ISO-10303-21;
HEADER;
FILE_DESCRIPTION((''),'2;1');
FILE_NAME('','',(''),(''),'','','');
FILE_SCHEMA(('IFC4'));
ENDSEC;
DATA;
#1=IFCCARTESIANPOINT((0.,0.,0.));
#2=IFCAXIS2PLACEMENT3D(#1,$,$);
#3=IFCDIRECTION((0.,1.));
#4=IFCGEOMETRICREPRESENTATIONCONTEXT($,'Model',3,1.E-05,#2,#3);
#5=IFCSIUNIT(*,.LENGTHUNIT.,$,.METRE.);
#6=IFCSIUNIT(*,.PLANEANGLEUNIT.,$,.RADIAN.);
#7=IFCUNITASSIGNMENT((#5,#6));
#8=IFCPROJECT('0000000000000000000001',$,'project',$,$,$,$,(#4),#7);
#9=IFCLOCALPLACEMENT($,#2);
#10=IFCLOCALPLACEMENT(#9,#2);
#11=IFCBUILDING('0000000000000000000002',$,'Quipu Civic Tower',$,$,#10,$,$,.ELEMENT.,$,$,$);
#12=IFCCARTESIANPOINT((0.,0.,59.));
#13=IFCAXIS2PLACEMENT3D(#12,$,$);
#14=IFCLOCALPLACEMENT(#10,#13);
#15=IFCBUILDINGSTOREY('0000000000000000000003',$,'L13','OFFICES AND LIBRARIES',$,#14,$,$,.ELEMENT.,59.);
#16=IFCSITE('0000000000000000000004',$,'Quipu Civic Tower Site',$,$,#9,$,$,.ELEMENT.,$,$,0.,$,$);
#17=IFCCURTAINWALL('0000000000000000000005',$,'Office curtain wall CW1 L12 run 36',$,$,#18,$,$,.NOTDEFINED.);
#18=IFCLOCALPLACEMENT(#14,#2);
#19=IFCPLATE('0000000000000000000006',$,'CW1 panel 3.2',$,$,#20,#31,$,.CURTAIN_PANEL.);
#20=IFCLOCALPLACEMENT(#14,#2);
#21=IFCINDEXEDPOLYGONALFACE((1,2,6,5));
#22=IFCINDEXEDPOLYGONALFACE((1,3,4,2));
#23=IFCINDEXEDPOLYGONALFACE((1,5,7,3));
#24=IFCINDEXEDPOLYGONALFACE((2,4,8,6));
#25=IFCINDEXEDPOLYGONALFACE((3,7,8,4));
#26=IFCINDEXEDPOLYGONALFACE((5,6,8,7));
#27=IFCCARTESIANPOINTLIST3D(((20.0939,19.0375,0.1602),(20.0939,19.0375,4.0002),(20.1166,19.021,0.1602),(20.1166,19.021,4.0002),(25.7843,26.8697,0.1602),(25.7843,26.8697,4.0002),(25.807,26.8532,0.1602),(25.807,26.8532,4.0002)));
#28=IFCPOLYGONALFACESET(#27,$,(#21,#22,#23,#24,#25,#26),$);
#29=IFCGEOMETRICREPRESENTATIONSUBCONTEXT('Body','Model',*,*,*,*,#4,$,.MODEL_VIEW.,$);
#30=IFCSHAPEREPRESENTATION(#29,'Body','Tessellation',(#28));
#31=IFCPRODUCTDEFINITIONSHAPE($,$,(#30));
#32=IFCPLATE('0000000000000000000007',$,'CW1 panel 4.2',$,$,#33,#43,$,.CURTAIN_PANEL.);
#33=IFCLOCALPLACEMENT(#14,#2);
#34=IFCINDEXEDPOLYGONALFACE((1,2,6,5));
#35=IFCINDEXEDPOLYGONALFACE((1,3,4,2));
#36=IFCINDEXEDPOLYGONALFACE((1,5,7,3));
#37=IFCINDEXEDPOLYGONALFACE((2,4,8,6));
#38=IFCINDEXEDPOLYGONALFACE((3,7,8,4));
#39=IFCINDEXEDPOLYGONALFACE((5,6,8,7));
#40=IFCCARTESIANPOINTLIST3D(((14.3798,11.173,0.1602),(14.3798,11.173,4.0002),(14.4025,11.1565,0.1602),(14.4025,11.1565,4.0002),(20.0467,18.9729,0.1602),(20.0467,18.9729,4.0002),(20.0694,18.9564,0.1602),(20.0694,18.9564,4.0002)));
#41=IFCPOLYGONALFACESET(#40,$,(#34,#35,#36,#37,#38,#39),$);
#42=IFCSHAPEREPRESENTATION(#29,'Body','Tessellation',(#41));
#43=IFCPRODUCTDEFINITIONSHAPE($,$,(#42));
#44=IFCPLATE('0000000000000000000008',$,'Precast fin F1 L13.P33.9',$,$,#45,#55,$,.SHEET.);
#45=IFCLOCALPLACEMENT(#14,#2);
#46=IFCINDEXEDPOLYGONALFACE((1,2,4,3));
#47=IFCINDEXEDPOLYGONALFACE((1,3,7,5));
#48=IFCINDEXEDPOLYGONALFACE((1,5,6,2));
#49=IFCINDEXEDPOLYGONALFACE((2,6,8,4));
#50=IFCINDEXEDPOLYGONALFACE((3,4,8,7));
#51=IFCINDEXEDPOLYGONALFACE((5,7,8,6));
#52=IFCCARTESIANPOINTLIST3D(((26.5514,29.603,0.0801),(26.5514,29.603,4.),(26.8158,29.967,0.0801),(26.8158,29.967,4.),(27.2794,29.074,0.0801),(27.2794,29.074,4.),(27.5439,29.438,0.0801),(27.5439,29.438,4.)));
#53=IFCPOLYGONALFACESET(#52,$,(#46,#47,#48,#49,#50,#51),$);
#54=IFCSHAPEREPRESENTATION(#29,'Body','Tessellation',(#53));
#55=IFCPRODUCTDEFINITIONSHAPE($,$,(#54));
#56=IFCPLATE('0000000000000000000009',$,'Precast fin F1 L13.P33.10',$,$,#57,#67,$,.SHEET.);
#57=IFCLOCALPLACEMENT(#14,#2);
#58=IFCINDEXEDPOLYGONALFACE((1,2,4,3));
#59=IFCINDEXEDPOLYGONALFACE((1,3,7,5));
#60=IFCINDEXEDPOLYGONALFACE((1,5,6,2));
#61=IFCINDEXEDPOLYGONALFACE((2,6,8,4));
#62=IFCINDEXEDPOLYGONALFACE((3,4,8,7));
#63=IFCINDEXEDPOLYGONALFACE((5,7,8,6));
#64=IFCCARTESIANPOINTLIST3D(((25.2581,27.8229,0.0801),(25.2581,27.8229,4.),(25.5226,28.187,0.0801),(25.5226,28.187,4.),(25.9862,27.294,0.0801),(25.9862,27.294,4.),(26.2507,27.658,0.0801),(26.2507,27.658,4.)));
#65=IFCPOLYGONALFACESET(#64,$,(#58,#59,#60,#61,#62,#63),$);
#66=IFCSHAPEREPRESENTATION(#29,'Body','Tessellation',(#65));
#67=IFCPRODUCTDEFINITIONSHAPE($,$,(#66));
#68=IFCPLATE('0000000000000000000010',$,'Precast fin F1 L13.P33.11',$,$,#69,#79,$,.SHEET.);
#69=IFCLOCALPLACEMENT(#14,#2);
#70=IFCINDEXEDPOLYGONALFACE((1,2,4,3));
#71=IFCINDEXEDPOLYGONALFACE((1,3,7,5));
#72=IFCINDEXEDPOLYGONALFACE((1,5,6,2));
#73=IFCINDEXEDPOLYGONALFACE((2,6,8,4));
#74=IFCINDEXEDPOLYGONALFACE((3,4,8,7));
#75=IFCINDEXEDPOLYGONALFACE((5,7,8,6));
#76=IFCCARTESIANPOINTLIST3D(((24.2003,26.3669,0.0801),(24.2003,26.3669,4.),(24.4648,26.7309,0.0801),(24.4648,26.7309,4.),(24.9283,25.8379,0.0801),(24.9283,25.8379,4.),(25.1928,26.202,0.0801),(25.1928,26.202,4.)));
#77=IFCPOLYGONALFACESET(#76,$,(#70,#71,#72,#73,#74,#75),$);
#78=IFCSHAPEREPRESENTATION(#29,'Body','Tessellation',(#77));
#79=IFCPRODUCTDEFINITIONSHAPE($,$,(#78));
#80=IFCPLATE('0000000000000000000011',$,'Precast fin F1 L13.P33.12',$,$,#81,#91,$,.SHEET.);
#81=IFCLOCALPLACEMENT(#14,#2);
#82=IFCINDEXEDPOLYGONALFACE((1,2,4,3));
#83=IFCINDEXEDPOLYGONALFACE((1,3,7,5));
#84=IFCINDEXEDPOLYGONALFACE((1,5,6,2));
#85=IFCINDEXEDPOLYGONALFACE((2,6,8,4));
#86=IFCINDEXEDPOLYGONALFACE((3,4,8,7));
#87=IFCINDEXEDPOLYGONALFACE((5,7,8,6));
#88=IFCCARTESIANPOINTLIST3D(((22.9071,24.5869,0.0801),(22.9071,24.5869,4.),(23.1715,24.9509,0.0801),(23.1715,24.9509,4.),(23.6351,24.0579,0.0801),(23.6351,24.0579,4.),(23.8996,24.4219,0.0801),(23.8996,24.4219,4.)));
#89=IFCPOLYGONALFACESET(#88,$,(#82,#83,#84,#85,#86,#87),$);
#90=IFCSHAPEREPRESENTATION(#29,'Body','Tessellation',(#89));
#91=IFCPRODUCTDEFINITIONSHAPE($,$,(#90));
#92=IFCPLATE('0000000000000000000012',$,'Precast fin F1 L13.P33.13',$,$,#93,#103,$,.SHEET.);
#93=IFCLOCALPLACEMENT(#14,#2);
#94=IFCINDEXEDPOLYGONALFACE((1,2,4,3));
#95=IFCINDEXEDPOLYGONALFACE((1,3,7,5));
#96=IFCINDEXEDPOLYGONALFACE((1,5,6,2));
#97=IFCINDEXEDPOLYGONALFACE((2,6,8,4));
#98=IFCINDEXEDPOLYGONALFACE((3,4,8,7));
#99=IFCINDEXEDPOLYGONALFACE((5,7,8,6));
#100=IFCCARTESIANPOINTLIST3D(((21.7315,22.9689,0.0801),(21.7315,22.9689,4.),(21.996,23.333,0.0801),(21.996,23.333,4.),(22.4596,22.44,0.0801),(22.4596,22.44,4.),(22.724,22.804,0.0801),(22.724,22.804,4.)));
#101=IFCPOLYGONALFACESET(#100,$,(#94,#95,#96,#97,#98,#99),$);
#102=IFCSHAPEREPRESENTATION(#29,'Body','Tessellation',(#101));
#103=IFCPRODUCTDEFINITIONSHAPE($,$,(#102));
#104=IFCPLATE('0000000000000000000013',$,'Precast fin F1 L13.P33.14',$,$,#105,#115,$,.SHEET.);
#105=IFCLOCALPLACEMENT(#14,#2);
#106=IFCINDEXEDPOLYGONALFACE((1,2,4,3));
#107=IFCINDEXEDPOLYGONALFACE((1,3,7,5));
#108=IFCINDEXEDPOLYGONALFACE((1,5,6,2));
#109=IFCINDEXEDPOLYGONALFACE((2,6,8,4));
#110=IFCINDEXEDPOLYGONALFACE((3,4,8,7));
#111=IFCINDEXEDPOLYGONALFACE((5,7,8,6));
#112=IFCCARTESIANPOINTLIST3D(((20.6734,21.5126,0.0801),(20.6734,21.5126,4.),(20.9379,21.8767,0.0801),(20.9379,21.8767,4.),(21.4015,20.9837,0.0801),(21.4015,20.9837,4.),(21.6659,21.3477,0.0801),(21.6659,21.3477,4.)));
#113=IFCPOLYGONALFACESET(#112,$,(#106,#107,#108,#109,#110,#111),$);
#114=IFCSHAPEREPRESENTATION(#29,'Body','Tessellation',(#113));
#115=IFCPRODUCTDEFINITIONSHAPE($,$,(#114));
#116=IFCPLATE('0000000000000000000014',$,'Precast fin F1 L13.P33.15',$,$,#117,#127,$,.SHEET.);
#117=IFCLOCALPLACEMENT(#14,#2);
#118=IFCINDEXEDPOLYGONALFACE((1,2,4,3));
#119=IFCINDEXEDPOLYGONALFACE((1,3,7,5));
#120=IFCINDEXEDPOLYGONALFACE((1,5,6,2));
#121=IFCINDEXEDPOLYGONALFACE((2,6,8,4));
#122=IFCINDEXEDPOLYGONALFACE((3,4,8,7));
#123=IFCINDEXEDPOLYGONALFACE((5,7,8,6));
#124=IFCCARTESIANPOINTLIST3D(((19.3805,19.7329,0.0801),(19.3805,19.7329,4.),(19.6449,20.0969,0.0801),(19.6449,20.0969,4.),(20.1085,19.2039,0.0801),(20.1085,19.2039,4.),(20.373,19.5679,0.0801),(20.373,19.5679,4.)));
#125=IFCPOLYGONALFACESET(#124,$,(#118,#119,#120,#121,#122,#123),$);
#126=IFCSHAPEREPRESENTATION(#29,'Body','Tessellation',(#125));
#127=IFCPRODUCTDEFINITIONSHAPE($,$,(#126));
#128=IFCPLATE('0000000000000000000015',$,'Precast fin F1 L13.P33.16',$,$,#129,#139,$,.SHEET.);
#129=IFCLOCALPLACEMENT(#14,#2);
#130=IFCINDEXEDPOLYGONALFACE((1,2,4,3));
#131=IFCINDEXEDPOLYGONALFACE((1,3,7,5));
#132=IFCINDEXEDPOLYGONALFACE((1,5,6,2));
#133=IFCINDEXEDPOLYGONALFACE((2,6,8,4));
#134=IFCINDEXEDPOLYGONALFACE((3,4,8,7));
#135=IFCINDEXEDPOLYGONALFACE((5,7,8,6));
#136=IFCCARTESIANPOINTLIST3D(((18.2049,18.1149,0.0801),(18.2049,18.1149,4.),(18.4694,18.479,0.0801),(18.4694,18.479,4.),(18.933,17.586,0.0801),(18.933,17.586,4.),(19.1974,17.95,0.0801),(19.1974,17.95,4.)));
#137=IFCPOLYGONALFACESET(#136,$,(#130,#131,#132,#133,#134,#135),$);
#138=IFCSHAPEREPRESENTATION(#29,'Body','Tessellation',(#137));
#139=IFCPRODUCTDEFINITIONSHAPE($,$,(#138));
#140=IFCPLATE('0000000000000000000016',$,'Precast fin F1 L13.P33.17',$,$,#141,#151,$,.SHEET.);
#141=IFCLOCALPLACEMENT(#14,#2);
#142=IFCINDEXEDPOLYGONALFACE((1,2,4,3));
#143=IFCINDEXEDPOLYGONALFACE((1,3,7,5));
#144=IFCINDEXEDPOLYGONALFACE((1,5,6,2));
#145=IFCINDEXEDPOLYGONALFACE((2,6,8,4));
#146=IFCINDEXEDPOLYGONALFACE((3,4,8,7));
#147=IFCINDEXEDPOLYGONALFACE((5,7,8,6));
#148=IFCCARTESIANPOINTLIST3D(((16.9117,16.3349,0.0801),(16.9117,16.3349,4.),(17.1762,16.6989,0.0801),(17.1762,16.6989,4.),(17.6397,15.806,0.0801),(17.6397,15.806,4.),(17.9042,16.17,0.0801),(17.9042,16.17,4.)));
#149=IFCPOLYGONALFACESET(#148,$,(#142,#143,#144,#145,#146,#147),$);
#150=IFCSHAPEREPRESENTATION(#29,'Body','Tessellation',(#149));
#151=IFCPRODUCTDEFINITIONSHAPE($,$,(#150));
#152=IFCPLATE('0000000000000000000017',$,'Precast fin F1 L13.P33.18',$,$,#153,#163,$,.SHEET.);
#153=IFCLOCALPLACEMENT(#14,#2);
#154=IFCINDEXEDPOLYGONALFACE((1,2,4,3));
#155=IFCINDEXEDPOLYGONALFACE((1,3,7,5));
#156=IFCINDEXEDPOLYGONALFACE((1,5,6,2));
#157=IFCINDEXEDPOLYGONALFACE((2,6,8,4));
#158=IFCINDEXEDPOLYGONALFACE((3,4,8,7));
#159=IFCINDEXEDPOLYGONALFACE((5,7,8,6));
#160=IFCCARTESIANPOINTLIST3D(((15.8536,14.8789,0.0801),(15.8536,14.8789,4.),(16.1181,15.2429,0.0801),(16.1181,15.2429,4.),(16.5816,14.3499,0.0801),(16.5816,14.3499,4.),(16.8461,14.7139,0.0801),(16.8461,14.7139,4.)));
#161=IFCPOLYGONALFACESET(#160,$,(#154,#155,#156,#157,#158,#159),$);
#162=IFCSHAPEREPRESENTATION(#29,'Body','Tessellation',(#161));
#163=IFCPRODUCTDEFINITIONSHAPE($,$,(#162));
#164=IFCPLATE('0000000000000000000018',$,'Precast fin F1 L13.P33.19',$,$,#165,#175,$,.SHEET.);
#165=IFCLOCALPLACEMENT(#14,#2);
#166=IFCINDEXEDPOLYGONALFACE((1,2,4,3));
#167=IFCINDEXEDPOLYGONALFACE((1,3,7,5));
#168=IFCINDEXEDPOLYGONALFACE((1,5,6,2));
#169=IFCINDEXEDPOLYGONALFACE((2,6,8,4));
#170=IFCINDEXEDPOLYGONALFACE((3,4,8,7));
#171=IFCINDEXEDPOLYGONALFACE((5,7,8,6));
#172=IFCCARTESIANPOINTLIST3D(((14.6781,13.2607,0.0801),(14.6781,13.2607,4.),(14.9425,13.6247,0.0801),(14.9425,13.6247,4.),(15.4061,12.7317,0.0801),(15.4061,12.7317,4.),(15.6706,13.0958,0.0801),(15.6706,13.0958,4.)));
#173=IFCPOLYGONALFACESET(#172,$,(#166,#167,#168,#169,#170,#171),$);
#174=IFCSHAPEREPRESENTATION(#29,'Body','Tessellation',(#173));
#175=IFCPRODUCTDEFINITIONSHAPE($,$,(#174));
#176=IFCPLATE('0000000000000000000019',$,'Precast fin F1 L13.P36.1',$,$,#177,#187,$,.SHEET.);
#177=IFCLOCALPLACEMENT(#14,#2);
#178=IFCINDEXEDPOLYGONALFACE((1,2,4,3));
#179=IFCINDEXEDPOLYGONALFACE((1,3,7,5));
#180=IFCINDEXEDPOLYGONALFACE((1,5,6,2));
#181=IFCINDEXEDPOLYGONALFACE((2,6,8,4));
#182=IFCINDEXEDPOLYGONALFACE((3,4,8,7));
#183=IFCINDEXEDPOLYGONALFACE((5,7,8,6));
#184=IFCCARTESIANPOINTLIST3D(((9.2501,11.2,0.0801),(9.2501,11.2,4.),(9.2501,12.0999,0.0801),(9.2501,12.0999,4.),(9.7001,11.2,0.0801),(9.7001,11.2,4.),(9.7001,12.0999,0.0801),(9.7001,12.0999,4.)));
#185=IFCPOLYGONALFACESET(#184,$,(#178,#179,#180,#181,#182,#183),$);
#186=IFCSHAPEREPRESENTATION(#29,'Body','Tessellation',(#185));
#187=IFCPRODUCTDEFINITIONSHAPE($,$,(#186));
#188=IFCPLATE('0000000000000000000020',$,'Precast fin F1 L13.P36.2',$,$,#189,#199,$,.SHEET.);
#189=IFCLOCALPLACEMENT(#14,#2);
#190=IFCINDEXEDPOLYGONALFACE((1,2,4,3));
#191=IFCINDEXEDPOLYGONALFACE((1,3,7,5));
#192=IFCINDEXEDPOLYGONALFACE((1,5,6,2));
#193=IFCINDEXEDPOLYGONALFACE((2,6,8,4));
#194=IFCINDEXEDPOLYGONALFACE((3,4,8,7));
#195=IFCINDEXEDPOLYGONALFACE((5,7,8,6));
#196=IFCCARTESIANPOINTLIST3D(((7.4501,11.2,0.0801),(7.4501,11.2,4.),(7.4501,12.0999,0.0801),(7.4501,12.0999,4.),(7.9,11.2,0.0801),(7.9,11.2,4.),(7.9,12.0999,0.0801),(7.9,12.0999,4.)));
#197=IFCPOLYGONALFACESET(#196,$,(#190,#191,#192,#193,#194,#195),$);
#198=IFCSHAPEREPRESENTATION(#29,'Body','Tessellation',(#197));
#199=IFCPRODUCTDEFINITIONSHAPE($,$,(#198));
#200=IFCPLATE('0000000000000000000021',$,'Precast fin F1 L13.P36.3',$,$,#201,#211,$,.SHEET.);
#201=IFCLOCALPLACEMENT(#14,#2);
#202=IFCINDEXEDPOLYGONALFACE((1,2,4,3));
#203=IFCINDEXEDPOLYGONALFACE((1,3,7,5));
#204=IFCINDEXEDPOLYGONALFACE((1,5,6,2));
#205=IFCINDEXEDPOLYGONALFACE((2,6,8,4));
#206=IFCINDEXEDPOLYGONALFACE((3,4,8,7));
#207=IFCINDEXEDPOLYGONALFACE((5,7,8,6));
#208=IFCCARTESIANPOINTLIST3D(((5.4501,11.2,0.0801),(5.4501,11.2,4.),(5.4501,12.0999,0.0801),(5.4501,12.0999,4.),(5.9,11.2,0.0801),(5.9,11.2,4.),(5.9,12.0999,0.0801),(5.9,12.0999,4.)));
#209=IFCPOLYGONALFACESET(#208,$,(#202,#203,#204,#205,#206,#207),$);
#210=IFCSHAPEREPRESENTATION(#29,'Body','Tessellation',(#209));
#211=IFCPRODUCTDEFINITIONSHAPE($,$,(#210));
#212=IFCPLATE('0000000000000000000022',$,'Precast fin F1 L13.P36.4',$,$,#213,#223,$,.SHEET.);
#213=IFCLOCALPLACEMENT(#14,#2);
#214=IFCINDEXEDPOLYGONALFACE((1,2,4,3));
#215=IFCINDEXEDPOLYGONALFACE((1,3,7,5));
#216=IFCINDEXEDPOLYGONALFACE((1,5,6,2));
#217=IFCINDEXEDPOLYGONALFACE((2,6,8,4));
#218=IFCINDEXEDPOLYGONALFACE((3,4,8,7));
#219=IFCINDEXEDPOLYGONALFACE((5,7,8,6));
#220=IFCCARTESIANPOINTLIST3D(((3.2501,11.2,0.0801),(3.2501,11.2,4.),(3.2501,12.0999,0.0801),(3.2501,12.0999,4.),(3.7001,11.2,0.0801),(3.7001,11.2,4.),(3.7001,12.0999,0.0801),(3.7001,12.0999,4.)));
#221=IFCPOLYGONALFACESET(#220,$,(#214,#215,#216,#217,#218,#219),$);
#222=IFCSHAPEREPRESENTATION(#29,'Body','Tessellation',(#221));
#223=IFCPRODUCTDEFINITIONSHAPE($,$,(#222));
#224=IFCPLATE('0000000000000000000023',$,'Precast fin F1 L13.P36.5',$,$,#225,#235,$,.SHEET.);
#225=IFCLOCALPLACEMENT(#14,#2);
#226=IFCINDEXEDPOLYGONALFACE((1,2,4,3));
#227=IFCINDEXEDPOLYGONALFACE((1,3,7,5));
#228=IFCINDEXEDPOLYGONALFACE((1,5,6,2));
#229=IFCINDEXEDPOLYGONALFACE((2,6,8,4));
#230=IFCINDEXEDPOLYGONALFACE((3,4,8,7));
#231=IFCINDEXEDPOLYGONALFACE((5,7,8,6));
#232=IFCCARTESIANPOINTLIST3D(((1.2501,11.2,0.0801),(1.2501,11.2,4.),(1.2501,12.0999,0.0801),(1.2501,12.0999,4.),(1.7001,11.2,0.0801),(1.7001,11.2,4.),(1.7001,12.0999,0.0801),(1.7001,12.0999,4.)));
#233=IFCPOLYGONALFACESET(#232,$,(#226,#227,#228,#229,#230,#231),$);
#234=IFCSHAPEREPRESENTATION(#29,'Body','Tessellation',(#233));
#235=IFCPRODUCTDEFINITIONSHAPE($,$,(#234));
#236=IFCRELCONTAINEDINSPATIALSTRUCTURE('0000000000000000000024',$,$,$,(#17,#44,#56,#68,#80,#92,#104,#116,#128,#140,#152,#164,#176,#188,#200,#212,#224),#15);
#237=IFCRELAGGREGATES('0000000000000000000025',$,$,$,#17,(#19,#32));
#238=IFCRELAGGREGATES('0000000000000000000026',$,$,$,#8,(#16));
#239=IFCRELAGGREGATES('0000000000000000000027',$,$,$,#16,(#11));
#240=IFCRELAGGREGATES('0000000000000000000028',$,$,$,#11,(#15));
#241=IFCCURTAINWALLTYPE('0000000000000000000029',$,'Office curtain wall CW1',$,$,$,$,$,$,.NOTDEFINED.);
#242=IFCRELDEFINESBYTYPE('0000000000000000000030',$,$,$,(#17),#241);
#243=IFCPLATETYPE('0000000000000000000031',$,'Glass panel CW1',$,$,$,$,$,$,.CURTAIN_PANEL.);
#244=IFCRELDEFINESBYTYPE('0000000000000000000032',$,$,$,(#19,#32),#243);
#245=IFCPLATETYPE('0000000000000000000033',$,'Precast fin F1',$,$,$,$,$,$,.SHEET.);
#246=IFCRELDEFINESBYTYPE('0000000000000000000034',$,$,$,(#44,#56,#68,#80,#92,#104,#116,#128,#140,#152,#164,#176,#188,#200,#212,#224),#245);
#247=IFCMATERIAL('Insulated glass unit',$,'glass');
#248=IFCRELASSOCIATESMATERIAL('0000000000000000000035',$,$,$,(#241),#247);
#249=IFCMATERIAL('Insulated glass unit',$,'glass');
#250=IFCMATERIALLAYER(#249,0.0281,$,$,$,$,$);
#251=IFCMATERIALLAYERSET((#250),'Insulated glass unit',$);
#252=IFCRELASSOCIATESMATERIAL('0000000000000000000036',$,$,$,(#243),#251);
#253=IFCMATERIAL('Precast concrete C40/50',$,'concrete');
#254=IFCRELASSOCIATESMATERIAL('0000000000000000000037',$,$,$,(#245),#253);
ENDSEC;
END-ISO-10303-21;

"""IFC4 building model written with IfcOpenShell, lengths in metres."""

from ifc_helpers import new_model, si_unit, direction, frame, origin, origin_2d, place, context, subcontext, project, spatial, rectangle, extrude, material, layer, layer_set, type_object, element, aggregate, save


model = new_model("IFC4")

# Units and contexts
model_context = context("Model", 3, precision=1e-05, world=origin(), true_north=direction((0.0, 1.0)))
body_context = subcontext(model_context, "Body", "Model", "MODEL_VIEW")
ifc_project = project(units=[si_unit("LENGTHUNIT", "METRE"), si_unit("PLANEANGLEUNIT", "RADIAN")], contexts=[model_context])

# Site, building, storey
site_placement = place(None, origin())
site = spatial("IfcSite", under=ifc_project, at=site_placement, Name="Quipu Civic Tower Site", CompositionType="ELEMENT", RefElevation=0.0)
building_placement = place(site_placement, origin())
building = spatial("IfcBuilding", under=site, at=building_placement, Name="Quipu Civic Tower", CompositionType="ELEMENT")
storey_placement = place(building_placement, frame((0.0, 0.0, 59.0)))
storey = spatial("IfcBuildingStorey", under=building, at=storey_placement, Name="L13", Description="OFFICES AND LIBRARIES", CompositionType="ELEMENT", Elevation=59.0)

# Curtain wall
ifc_material_1 = material(Name="Insulated glass unit", Category="glass")
curtain_wall_type = type_object("IfcCurtainWallType", Name="Office curtain wall CW1", PredefinedType="NOTDEFINED", material=ifc_material_1)
curtain_wall_1_placement = place(storey_placement, origin())
curtain_wall_1 = element("IfcCurtainWall", 1, at=curtain_wall_1_placement, inside=storey, type_object=curtain_wall_type, Name="Office curtain wall CW1 L12 run 36", PredefinedType="NOTDEFINED")

# Plates
ifc_material_2 = material(Name="Insulated glass unit", Category="glass")
ifc_layer = layer(ifc_material_2, 0.0281)
ifc_layer_set = layer_set([ifc_layer], Name="Insulated glass unit")
plate_type_1 = type_object("IfcPlateType", Name="Glass panel CW1", PredefinedType="CURTAIN_PANEL", material=ifc_layer_set)
plate_1_placement = place(storey_placement, frame((22.9504, 22.9453, 0.1602), z_axis=(0.0, 0.0, 1.0), x_axis=(-0.587786, -0.809017, 0.0)))
plate_1 = element("IfcPlate", 2, at=plate_1_placement, type_object=plate_type_1, Name="CW1 panel 3.2", PredefinedType="CURTAIN_PANEL", context=body_context, shape_type="SweptSolid", body=[
    extrude(rectangle(XDim=9.6812, YDim=0.0281, at=origin_2d()), origin(), (0.0, 0.0, 1.0), 3.8401),
])
plate_2_placement = place(storey_placement, frame((17.2246, 15.0647, 0.1602), z_axis=(0.0, 0.0, 1.0), x_axis=(-0.587786, -0.809017, 0.0)))
plate_2 = element("IfcPlate", 3, at=plate_2_placement, type_object=plate_type_1, Name="CW1 panel 4.2", PredefinedType="CURTAIN_PANEL", context=body_context, shape_type="SweptSolid", body=[
    extrude(rectangle(XDim=9.6411, YDim=0.0281, at=origin_2d()), origin(), (0.0, 0.0, 1.0), 3.8401),
])
aggregate(curtain_wall_1, [plate_1, plate_2])

# Plates
ifc_material_3 = material(Name="Precast concrete C40/50", Category="concrete")
plate_type_2 = type_object("IfcPlateType", Name="Precast fin F1", PredefinedType="SHEET", material=ifc_material_3)
for number, where, z_axis, x_axis, name in (
    (4, (27.0476, 29.5205, 0.0801), (0.0, 0.0, 1.0), (-0.587785, -0.809017, 0.0), "Precast fin F1 L13.P33.9"),
    (5, (25.7544, 27.7405, 0.0801), (0.0, 0.0, 1.0), (-0.587785, -0.809017, 0.0), "Precast fin F1 L13.P33.10"),
    (6, (24.6965, 26.2844, 0.0801), (0.0, 0.0, 1.0), (-0.587785, -0.809017, 0.0), "Precast fin F1 L13.P33.11"),
    (7, (23.4033, 24.5044, 0.0801), (0.0, 0.0, 1.0), (-0.587785, -0.809017, 0.0), "Precast fin F1 L13.P33.12"),
    (8, (22.2278, 22.8865, 0.0801), (0.0, 0.0, 1.0), (-0.587785, -0.809017, 0.0), "Precast fin F1 L13.P33.13"),
    (9, (21.1697, 21.4302, 0.0801), (0.0, 0.0, 1.0), (-0.587785, -0.809017, 0.0), "Precast fin F1 L13.P33.14"),
    (10, (19.8767, 19.6504, 0.0801), (0.0, 0.0, 1.0), (-0.587785, -0.809017, 0.0), "Precast fin F1 L13.P33.15"),
    (11, (18.7012, 18.0325, 0.0801), (0.0, 0.0, 1.0), (-0.587785, -0.809017, 0.0), "Precast fin F1 L13.P33.16"),
    (12, (17.408, 16.2524, 0.0801), (0.0, 0.0, 1.0), (-0.587785, -0.809017, 0.0), "Precast fin F1 L13.P33.17"),
    (13, (16.3499, 14.7964, 0.0801), (0.0, 0.0, 1.0), (-0.587785, -0.809017, 0.0), "Precast fin F1 L13.P33.18"),
    (14, (15.1743, 13.1782, 0.0801), (0.0, 0.0, 1.0), (-0.587785, -0.809017, 0.0), "Precast fin F1 L13.P33.19"),
    (15, (9.4751, 11.6499, 0.0801), (0.0, 0.0, 1.0), (-1.0, 0.0, 0.0), "Precast fin F1 L13.P36.1"),
    (16, (7.675, 11.6499, 0.0801), (0.0, 0.0, 1.0), (-1.0, 0.0, 0.0), "Precast fin F1 L13.P36.2"),
    (17, (5.675, 11.6499, 0.0801), (0.0, 0.0, 1.0), (-1.0, 0.0, 0.0), "Precast fin F1 L13.P36.3"),
    (18, (3.4751, 11.6499, 0.0801), (0.0, 0.0, 1.0), (-1.0, 0.0, 0.0), "Precast fin F1 L13.P36.4"),
    (19, (1.4751, 11.6499, 0.0801), (0.0, 0.0, 1.0), (-1.0, 0.0, 0.0), "Precast fin F1 L13.P36.5"),
):
    element("IfcPlate", number, at=place(storey_placement, frame(where, z_axis=z_axis, x_axis=x_axis)), inside=storey, type_object=plate_type_2, Name=name, PredefinedType="SHEET", context=body_context, shape_type="SweptSolid", body=[
        extrude(rectangle(XDim=0.45, YDim=0.8999, at=origin_2d()), origin(), (0.0, 0.0, 1.0), 3.9199),
    ])

save(model, "model.ifc")
